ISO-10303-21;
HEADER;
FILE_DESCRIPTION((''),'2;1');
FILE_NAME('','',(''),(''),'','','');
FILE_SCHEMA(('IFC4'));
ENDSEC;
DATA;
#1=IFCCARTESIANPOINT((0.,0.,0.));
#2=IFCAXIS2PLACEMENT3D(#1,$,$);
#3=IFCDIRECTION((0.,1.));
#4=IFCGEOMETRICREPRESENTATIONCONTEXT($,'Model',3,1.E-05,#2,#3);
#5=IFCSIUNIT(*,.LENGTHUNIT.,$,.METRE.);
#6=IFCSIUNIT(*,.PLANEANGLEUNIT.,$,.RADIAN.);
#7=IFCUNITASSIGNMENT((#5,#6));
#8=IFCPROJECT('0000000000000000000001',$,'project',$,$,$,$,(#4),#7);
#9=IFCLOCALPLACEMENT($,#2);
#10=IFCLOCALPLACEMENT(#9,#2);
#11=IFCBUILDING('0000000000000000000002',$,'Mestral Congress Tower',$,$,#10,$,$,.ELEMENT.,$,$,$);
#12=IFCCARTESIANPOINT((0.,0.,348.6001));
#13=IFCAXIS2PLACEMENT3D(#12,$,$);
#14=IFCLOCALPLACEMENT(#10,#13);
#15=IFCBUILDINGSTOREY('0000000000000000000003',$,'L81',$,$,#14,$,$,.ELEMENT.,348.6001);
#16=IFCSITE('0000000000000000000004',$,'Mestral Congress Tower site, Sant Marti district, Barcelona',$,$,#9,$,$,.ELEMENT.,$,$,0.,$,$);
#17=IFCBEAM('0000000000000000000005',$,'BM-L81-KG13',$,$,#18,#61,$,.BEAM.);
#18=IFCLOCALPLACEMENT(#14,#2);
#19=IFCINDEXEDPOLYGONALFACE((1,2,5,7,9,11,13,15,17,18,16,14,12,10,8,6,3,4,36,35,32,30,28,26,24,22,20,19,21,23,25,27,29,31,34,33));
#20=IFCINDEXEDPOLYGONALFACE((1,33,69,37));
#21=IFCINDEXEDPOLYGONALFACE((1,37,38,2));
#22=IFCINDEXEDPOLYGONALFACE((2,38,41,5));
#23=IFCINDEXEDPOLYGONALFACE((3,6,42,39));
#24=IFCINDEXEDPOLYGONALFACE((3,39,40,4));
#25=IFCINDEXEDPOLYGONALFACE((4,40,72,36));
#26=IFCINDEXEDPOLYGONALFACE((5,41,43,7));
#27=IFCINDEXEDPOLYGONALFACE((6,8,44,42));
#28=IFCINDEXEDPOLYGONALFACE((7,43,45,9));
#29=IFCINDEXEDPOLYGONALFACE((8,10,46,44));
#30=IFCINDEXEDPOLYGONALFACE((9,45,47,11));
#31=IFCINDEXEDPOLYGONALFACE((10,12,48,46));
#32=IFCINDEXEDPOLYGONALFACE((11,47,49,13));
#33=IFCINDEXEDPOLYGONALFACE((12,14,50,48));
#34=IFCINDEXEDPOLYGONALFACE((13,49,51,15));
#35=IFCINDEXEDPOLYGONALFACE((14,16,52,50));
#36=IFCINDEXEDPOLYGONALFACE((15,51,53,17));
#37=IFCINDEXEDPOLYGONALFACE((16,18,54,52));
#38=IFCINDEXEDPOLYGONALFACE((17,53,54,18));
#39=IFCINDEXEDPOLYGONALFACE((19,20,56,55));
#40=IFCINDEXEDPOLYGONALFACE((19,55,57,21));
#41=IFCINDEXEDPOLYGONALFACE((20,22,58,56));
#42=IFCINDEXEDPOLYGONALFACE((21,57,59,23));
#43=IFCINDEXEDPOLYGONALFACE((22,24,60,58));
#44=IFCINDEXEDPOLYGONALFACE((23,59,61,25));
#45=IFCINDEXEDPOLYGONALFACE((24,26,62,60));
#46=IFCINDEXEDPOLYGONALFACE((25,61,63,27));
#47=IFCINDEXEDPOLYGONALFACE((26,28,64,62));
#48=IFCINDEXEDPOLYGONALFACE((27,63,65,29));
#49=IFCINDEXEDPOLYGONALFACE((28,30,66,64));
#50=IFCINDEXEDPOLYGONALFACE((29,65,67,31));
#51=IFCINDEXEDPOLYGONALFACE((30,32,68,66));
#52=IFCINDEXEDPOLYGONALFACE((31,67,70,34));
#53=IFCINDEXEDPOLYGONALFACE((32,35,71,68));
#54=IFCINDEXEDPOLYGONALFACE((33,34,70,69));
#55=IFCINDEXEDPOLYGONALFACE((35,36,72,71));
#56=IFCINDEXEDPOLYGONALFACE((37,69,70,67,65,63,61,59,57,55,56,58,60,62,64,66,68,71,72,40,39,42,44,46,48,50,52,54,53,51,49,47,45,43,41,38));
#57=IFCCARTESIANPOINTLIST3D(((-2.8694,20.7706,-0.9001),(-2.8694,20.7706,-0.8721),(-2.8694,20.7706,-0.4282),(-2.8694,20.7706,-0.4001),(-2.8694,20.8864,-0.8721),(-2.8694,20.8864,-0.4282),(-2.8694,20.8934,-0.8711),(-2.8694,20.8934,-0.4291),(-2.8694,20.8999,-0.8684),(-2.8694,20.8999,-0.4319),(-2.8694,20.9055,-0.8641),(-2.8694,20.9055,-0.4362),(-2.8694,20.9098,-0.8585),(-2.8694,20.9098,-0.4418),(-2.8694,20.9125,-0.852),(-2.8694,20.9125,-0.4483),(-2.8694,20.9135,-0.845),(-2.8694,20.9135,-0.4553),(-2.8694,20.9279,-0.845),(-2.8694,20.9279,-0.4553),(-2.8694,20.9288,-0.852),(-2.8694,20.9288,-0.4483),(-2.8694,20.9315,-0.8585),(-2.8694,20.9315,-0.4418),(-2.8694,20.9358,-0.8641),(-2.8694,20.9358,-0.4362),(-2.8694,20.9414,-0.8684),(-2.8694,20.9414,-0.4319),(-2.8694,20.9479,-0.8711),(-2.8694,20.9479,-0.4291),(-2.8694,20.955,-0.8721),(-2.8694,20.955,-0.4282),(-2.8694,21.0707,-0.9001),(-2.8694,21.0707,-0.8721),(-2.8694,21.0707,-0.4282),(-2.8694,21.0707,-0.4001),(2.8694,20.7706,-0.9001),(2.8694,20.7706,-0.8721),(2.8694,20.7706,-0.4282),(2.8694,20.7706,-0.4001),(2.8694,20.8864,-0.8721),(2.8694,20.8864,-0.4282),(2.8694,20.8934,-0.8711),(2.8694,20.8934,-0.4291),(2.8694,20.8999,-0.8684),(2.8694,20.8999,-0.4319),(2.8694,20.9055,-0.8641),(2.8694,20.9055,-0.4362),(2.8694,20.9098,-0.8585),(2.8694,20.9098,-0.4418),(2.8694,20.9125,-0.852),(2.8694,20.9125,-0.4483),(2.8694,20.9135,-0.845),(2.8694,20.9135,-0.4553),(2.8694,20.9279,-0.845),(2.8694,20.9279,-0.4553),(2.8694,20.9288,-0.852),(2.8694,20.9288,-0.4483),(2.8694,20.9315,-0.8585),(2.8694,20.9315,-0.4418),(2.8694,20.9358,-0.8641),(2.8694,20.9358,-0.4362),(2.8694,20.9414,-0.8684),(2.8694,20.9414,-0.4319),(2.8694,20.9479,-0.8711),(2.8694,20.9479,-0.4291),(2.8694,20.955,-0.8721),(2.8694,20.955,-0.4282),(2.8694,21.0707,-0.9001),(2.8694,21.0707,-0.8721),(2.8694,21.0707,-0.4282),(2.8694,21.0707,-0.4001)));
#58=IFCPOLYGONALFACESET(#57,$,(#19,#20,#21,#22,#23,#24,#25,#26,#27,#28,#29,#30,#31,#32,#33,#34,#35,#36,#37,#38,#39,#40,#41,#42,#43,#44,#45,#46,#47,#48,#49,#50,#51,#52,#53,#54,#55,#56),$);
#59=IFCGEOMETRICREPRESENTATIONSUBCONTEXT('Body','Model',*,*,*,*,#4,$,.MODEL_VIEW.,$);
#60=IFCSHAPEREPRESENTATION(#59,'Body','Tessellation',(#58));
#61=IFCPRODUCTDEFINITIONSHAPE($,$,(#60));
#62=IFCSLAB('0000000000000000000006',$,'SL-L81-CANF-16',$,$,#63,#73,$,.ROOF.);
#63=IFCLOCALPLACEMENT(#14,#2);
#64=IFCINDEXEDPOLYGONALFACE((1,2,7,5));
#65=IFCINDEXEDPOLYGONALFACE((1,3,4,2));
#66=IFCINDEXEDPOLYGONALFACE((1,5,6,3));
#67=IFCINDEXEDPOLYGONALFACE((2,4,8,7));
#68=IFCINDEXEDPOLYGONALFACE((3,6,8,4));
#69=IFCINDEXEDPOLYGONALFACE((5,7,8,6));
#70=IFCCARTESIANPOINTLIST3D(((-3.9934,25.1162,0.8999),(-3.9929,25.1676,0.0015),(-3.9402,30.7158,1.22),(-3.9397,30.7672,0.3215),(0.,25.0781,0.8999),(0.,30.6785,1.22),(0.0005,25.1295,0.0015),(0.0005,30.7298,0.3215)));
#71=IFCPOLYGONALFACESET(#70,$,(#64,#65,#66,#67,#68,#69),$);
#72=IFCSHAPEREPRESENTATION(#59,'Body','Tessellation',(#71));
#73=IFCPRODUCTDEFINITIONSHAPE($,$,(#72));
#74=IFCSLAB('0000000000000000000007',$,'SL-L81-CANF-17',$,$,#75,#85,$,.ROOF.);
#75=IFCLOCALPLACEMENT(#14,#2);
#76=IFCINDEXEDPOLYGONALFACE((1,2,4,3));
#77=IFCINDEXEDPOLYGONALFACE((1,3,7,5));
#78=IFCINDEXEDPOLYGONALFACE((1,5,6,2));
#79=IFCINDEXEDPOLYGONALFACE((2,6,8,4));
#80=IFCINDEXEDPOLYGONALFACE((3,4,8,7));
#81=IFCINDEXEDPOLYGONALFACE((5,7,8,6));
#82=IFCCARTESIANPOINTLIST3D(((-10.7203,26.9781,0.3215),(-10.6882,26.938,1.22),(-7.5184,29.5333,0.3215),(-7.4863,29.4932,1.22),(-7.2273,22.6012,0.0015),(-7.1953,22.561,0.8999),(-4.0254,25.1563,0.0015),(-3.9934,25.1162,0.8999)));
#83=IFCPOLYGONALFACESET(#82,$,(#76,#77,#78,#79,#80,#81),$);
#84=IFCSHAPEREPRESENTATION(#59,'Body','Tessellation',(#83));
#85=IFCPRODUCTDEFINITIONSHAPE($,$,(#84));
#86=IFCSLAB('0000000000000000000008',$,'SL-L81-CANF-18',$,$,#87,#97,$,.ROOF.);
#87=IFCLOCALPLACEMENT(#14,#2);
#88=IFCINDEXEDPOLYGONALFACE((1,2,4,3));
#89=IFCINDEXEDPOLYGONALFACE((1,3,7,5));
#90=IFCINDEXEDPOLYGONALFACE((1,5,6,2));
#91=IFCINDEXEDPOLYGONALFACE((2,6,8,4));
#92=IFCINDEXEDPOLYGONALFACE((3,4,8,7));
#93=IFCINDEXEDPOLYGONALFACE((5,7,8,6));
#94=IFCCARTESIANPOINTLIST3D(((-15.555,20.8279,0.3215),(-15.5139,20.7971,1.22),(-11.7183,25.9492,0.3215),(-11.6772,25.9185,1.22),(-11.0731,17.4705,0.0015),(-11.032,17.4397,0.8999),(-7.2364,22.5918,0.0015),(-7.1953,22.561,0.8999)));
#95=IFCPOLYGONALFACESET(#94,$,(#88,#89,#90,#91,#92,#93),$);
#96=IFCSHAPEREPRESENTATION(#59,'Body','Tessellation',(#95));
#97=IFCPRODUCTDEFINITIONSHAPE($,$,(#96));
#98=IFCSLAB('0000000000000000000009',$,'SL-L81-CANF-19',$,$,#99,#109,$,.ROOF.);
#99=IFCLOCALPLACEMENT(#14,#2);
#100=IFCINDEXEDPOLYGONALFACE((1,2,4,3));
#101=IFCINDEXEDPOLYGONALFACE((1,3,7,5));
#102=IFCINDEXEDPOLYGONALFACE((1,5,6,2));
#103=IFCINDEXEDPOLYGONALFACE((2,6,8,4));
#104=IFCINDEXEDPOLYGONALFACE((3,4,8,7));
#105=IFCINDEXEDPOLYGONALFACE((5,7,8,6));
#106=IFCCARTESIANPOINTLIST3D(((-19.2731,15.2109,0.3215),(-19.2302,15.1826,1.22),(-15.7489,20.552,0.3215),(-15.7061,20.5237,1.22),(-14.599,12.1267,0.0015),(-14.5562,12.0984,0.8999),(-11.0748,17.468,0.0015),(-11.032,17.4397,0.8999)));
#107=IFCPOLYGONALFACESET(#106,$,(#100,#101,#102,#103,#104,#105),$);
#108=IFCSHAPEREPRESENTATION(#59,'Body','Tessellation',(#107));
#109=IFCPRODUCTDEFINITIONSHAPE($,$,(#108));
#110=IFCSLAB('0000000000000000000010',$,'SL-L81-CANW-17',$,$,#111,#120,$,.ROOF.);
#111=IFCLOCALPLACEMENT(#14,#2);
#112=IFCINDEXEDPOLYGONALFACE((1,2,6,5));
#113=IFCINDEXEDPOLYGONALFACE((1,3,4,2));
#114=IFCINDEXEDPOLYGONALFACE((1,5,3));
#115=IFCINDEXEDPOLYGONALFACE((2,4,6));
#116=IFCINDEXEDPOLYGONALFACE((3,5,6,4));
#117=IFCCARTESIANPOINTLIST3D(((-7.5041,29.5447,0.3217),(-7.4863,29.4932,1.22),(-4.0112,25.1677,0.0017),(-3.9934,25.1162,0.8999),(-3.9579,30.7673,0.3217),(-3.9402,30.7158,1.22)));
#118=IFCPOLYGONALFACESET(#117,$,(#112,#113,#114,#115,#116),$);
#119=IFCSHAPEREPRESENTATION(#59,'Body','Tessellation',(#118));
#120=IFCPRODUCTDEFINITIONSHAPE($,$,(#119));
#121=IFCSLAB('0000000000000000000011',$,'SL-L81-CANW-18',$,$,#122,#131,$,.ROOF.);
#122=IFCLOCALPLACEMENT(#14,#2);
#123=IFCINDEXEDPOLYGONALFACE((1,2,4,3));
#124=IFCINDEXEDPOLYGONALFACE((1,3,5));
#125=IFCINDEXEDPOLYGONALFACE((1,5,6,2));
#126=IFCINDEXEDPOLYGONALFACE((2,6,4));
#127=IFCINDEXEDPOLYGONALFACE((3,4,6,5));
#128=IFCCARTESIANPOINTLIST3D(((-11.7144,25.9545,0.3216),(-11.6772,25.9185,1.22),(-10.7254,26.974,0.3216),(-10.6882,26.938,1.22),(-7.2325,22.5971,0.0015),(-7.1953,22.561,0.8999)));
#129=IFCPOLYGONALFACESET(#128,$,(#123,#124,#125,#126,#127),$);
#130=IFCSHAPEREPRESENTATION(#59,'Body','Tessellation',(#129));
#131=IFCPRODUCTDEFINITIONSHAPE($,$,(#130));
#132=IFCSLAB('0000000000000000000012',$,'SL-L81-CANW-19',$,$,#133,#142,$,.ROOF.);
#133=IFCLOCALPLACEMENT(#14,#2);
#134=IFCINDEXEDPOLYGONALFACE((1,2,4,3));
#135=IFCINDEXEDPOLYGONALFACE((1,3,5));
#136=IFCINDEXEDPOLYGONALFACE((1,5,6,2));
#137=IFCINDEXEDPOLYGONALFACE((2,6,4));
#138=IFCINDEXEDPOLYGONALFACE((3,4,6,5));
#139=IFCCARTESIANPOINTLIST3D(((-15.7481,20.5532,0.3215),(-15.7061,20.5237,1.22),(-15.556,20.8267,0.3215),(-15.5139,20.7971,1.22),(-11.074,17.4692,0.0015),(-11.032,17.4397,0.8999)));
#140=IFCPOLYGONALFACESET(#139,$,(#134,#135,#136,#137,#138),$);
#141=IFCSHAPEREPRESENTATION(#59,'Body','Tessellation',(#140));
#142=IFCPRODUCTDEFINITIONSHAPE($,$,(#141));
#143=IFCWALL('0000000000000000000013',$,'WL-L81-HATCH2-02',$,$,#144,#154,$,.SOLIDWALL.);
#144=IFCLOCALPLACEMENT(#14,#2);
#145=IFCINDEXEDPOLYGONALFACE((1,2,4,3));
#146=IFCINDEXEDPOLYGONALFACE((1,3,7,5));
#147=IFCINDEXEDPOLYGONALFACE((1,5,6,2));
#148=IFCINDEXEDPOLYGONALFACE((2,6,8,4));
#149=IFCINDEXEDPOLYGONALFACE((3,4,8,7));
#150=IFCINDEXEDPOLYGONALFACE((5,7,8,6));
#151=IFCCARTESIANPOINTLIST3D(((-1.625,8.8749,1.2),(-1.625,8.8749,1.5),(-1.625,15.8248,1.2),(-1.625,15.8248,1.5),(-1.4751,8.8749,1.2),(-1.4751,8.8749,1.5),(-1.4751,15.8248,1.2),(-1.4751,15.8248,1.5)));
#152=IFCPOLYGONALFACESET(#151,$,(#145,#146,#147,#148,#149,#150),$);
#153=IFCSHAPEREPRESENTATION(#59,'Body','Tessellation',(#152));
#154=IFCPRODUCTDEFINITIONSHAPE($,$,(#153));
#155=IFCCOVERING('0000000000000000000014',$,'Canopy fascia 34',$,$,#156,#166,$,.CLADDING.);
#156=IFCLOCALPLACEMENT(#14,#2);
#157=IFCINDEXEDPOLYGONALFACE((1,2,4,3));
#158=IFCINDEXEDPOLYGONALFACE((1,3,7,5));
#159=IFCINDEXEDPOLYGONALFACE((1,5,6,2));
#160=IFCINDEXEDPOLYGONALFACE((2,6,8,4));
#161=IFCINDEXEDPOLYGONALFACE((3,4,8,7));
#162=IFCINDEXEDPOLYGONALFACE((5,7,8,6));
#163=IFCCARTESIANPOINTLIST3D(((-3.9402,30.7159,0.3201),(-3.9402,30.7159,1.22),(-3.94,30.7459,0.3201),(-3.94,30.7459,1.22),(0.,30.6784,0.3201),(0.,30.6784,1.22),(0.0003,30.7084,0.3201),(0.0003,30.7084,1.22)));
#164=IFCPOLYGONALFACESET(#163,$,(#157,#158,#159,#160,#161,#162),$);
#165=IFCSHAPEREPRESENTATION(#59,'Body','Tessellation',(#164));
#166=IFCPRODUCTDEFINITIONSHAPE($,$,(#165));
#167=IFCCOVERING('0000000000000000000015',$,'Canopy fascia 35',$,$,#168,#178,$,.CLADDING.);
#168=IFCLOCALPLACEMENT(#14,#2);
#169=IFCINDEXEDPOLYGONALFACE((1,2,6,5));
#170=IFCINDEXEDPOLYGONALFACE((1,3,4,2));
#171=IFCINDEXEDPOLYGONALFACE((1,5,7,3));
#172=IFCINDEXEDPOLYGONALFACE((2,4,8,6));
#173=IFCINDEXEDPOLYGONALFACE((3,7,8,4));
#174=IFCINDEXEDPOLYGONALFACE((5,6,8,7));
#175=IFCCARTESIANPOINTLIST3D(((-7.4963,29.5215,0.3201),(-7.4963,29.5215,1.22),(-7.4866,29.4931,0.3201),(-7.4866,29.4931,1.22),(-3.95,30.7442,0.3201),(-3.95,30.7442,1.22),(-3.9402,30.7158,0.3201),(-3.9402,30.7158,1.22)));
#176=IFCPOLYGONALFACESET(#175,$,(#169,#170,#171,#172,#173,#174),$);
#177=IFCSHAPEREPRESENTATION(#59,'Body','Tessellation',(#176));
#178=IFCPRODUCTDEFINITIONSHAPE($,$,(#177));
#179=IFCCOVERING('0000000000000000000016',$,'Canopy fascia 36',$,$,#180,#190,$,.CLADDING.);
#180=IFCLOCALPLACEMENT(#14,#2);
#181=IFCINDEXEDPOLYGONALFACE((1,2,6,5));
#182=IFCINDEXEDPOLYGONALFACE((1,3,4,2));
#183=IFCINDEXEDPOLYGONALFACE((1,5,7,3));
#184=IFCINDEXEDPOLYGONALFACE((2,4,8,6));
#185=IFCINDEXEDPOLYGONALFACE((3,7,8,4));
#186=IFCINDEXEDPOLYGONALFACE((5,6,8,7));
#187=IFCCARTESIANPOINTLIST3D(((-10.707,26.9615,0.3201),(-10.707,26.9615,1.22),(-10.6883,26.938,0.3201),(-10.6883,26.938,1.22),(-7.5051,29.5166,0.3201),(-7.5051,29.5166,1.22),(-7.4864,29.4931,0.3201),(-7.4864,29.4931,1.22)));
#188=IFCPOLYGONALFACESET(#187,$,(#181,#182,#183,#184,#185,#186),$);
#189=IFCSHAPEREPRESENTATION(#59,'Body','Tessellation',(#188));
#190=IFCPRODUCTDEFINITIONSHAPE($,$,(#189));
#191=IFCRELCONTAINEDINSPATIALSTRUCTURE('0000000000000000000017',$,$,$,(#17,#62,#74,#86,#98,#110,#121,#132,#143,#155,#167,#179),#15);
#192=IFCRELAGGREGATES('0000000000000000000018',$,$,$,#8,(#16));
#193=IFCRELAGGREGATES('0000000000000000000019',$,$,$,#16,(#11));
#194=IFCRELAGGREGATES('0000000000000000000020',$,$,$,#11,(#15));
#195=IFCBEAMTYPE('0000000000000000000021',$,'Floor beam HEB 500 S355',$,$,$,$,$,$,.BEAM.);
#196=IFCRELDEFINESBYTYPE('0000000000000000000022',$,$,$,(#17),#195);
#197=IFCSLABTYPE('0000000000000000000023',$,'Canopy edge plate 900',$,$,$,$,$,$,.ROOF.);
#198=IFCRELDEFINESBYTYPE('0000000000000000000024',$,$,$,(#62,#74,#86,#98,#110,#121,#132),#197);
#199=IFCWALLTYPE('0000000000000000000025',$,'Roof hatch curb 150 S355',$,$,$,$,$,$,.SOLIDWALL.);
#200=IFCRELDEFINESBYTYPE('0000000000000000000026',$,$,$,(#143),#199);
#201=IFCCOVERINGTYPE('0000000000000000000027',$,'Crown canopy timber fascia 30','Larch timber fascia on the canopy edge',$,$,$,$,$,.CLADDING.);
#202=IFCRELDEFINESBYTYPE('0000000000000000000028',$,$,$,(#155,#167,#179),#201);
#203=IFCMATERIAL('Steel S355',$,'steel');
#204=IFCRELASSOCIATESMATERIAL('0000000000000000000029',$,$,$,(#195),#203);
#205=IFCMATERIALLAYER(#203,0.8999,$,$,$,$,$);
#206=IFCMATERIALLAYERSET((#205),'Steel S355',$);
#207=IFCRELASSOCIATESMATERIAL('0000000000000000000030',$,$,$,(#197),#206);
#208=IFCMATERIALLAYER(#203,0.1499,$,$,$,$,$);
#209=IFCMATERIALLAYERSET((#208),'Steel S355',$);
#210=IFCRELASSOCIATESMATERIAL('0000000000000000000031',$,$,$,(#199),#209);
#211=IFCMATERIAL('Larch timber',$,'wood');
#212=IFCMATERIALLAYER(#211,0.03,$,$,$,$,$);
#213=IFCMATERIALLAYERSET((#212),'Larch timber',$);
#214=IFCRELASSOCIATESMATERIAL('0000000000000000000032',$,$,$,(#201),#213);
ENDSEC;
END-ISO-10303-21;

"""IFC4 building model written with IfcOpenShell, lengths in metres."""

from ifc_helpers import new_model, si_unit, direction, frame, frame_2d, origin, origin_2d, place, context, subcontext, project, spatial, polyline, rectangle, i_section, outline, extrude, material, layer, layer_set, material_profile, profile_set, type_object, element, save


model = new_model("IFC4")

# Units and contexts
model_context = context("Model", 3, precision=1e-05, world=origin(), true_north=direction((0.0, 1.0)))
body_context = subcontext(model_context, "Body", "Model", "MODEL_VIEW")
ifc_project = project(units=[si_unit("LENGTHUNIT", "METRE"), si_unit("PLANEANGLEUNIT", "RADIAN")], contexts=[model_context])

# Site, building, storey
site_placement = place(None, origin())
site = spatial("IfcSite", under=ifc_project, at=site_placement, Name="Mestral Congress Tower site, Sant Marti district, Barcelona", CompositionType="ELEMENT", RefElevation=0.0)
building_placement = place(site_placement, origin())
building = spatial("IfcBuilding", under=site, at=building_placement, Name="Mestral Congress Tower", CompositionType="ELEMENT")
storey_placement = place(building_placement, frame((0.0, 0.0, 348.6001)))
storey = spatial("IfcBuildingStorey", under=building, at=storey_placement, Name="L81", CompositionType="ELEMENT", Elevation=348.6001)

# Beam
ifc_material_1 = material(Name="Steel S355", Category="steel")
ifc_material_profile_1 = material_profile(ifc_material_1, i_section(OverallWidth=0.3, OverallDepth=0.5, WebThickness=0.0144, FlangeThickness=0.0281, FilletRadius=0.0271, at=origin_2d()), Name="HEB 500")
ifc_profile_set_1 = profile_set([ifc_material_profile_1], Name="Steel S355")
beam_type_1 = type_object("IfcBeamType", Name="Floor beam HEB 500 S355", PredefinedType="BEAM", material=ifc_profile_set_1)
beam_1_placement = place(storey_placement, frame((-2.8694, 20.9207, -0.6501), z_axis=(1.0, 0.0, 0.0), x_axis=(0.0, 1.0, 0.0)))
element("IfcBeam", 1, at=beam_1_placement, inside=storey, type_object=beam_type_1, Name="BM-L81-KG13", PredefinedType="BEAM", context=body_context, shape_type="SweptSolid", body=[
    extrude(i_section(OverallWidth=0.3, OverallDepth=0.5, WebThickness=0.0144, FlangeThickness=0.0281, FilletRadius=0.0271, at=origin_2d()), origin(), (0.0, 0.0, 1.0), 5.7388),
])

# Slabs
ifc_layer_1 = layer(ifc_material_1, 0.8999)
ifc_layer_set_1 = layer_set([ifc_layer_1], Name="Steel S355")
slab_type = type_object("IfcSlabType", Name="Canopy edge plate 900", PredefinedType="ROOF", material=ifc_layer_set_1)
slab_1_placement = place(storey_placement, frame((0.0, 25.0781, 0.8999), z_axis=(-0.000543, -0.05706, 0.998371), x_axis=(-0.999955, 0.009537, 0.000002)))
element("IfcSlab", 2, at=slab_1_placement, inside=storey, type_object=slab_type, Name="SL-L81-CANF-16", PredefinedType="ROOF", context=body_context, shape_type="SweptSolid", body=[
    extrude(outline(polyline([(0.0, 0.0), (3.9936, 0.0), (3.9938, -5.609), (0.0534, -5.6092), (0.0, 0.0)])), origin(), (0.0, 0.0, -1.0), 0.8999),
])
slab_2_placement = place(storey_placement, frame((-3.9934, 25.1162, 0.8999), z_axis=(0.035593, -0.044602, 0.998371), x_axis=(-0.781624, -0.62375, 0.0)))
element("IfcSlab", 3, at=slab_2_placement, inside=storey, type_object=slab_type, Name="SL-L81-CANF-17", PredefinedType="ROOF", context=body_context, shape_type="SweptSolid", body=[
    extrude(outline(polyline([(0.0, 0.0), (4.0965, 0.0), (4.0965, -5.609), (0.0, -5.609), (0.0, 0.0)])), origin(), (0.0, 0.0, -1.0), 0.8999),
])
slab_3_placement = place(storey_placement, frame((-7.1953, 22.561, 0.8999), z_axis=(0.045668, -0.034212, 0.998371), x_axis=(-0.599566, -0.800325, 0.0)))
element("IfcSlab", 4, at=slab_3_placement, inside=storey, type_object=slab_type, Name="SL-L81-CANF-18", PredefinedType="ROOF", context=body_context, shape_type="SweptSolid", body=[
    extrude(outline(polyline([(0.0, 0.0), (6.3991, 0.0), (6.3993, -5.6091), (0.0002, -5.6091), (0.0, 0.0)])), origin(), (0.0, 0.0, -1.0), 0.8999),
])
slab_4_placement = place(storey_placement, frame((-11.032, 17.4397, 0.8999), z_axis=(0.04763, -0.031426, 0.998371), x_axis=(-0.550723, -0.834688, -0.000001)))
element("IfcSlab", 5, at=slab_4_placement, inside=storey, type_object=slab_type, Name="SL-L81-CANF-19", PredefinedType="ROOF", context=body_context, shape_type="SweptSolid", body=[
    extrude(outline(polyline([(0.0, 0.0), (6.3992, 0.0), (6.3989, -5.6091), (0.0, -5.609), (0.0, 0.0)])), origin(), (0.0, 0.0, -1.0), 0.8999),
])
slab_5_placement = place(storey_placement, frame((-3.9934, 25.1162, 0.8999), z_axis=(0.019736, -0.057242, 0.998165), x_axis=(0.009489, 0.998325, 0.057063)))
element("IfcSlab", 6, at=slab_5_placement, inside=storey, type_object=slab_type, Name="SL-L81-CANW-17", PredefinedType="ROOF", context=body_context, shape_type="SweptSolid", body=[
    extrude(outline(polyline([(0.0, 0.0), (5.609, 0.0), (4.3547, 3.5351), (0.0, 0.0)])), origin(), (0.0, 0.0, -1.0), 0.8999),
])
slab_6_placement = place(storey_placement, frame((-7.1953, 22.561, 0.8999), z_axis=(0.04129, -0.040054, 0.998344), x_axis=(-0.622737, 0.780347, 0.057064)))
element("IfcSlab", 7, at=slab_6_placement, inside=storey, type_object=slab_type, Name="SL-L81-CANW-18", PredefinedType="ROOF", context=body_context, shape_type="SweptSolid", body=[
    extrude(outline(polyline([(0.0, 0.0), (5.609, 0.0), (5.4293, 1.409), (0.0, 0.0)])), origin(), (0.0, 0.0, -1.0), 0.8999),
])
slab_7_placement = place(storey_placement, frame((-11.032, 17.4397, 0.8999), z_axis=(0.04671, -0.032822, 0.998369), x_axis=(-0.799041, 0.598563, 0.057062)))
element("IfcSlab", 8, at=slab_7_placement, inside=storey, type_object=slab_type, Name="SL-L81-CANW-19", PredefinedType="ROOF", context=body_context, shape_type="SweptSolid", body=[
    extrude(outline(polyline([(0.0, 0.0), (5.6091, 0.0), (5.599, 0.334), (0.0, 0.0)])), origin(), (0.0, 0.0, -1.0), 0.8999),
])

# Wall
ifc_layer_2 = layer(ifc_material_1, 0.1499)
ifc_layer_set_2 = layer_set([ifc_layer_2], Name="Steel S355")
wall_type = type_object("IfcWallType", Name="Roof hatch curb 150 S355", PredefinedType="SOLIDWALL", material=ifc_layer_set_2)
wall_placement = place(storey_placement, frame((-1.55, 15.825, 1.2), z_axis=(0.0, 0.0, 1.0), x_axis=(0.0, -1.0, 0.0)))
element("IfcWall", 9, at=wall_placement, inside=storey, type_object=wall_type, Name="WL-L81-HATCH2-02", PredefinedType="SOLIDWALL", context=body_context, shape_type="SweptSolid", body=[
    extrude(rectangle(XDim=6.95, YDim=0.1499, at=frame_2d((3.4751, 0.0))), origin(), (0.0, 0.0, 1.0), 0.3),
])

# Coverings
ifc_material_2 = material(Name="Larch timber", Category="wood")
ifc_layer_3 = layer(ifc_material_2, 0.03)
ifc_layer_set_3 = layer_set([ifc_layer_3], Name="Larch timber")
covering_type_1 = type_object("IfcCoveringType", Name="Crown canopy timber fascia 30", Description="Larch timber fascia on the canopy edge", PredefinedType="CLADDING", material=ifc_layer_set_3)
covering_1_placement = place(storey_placement, frame((-1.97, 30.7122, 0.3201), z_axis=(0.0, 0.0, 1.0), x_axis=(-0.999955, 0.009515, 0.0)))
element("IfcCovering", 10, at=covering_1_placement, inside=storey, type_object=covering_type_1, Name="Canopy fascia 34", PredefinedType="CLADDING", context=body_context, shape_type="SweptSolid", body=[
    extrude(rectangle(XDim=3.9404, YDim=0.03, at=origin_2d()), origin(), (0.0, 0.0, 1.0), 0.8999),
])
covering_2_placement = place(storey_placement, frame((-5.7183, 30.1187, 0.3201), z_axis=(0.0, 0.0, 1.0), x_axis=(-0.945392, -0.325936, 0.0)))
element("IfcCovering", 11, at=covering_2_placement, inside=storey, type_object=covering_type_1, Name="Canopy fascia 35", PredefinedType="CLADDING", context=body_context, shape_type="SweptSolid", body=[
    extrude(rectangle(XDim=3.7512, YDim=0.03, at=origin_2d()), origin(), (0.0, 0.0, 1.0), 0.8999),
])
covering_3_placement = place(storey_placement, frame((-9.0967, 28.2273, 0.3201), z_axis=(0.0, 0.0, 1.0), x_axis=(-0.781633, -0.623739, 0.0)))
element("IfcCovering", 12, at=covering_3_placement, inside=storey, type_object=covering_type_1, Name="Canopy fascia 36", PredefinedType="CLADDING", context=body_context, shape_type="SweptSolid", body=[
    extrude(rectangle(XDim=4.0964, YDim=0.03, at=origin_2d()), origin(), (0.0, 0.0, 1.0), 0.8999),
])

save(model, "model.ifc")
